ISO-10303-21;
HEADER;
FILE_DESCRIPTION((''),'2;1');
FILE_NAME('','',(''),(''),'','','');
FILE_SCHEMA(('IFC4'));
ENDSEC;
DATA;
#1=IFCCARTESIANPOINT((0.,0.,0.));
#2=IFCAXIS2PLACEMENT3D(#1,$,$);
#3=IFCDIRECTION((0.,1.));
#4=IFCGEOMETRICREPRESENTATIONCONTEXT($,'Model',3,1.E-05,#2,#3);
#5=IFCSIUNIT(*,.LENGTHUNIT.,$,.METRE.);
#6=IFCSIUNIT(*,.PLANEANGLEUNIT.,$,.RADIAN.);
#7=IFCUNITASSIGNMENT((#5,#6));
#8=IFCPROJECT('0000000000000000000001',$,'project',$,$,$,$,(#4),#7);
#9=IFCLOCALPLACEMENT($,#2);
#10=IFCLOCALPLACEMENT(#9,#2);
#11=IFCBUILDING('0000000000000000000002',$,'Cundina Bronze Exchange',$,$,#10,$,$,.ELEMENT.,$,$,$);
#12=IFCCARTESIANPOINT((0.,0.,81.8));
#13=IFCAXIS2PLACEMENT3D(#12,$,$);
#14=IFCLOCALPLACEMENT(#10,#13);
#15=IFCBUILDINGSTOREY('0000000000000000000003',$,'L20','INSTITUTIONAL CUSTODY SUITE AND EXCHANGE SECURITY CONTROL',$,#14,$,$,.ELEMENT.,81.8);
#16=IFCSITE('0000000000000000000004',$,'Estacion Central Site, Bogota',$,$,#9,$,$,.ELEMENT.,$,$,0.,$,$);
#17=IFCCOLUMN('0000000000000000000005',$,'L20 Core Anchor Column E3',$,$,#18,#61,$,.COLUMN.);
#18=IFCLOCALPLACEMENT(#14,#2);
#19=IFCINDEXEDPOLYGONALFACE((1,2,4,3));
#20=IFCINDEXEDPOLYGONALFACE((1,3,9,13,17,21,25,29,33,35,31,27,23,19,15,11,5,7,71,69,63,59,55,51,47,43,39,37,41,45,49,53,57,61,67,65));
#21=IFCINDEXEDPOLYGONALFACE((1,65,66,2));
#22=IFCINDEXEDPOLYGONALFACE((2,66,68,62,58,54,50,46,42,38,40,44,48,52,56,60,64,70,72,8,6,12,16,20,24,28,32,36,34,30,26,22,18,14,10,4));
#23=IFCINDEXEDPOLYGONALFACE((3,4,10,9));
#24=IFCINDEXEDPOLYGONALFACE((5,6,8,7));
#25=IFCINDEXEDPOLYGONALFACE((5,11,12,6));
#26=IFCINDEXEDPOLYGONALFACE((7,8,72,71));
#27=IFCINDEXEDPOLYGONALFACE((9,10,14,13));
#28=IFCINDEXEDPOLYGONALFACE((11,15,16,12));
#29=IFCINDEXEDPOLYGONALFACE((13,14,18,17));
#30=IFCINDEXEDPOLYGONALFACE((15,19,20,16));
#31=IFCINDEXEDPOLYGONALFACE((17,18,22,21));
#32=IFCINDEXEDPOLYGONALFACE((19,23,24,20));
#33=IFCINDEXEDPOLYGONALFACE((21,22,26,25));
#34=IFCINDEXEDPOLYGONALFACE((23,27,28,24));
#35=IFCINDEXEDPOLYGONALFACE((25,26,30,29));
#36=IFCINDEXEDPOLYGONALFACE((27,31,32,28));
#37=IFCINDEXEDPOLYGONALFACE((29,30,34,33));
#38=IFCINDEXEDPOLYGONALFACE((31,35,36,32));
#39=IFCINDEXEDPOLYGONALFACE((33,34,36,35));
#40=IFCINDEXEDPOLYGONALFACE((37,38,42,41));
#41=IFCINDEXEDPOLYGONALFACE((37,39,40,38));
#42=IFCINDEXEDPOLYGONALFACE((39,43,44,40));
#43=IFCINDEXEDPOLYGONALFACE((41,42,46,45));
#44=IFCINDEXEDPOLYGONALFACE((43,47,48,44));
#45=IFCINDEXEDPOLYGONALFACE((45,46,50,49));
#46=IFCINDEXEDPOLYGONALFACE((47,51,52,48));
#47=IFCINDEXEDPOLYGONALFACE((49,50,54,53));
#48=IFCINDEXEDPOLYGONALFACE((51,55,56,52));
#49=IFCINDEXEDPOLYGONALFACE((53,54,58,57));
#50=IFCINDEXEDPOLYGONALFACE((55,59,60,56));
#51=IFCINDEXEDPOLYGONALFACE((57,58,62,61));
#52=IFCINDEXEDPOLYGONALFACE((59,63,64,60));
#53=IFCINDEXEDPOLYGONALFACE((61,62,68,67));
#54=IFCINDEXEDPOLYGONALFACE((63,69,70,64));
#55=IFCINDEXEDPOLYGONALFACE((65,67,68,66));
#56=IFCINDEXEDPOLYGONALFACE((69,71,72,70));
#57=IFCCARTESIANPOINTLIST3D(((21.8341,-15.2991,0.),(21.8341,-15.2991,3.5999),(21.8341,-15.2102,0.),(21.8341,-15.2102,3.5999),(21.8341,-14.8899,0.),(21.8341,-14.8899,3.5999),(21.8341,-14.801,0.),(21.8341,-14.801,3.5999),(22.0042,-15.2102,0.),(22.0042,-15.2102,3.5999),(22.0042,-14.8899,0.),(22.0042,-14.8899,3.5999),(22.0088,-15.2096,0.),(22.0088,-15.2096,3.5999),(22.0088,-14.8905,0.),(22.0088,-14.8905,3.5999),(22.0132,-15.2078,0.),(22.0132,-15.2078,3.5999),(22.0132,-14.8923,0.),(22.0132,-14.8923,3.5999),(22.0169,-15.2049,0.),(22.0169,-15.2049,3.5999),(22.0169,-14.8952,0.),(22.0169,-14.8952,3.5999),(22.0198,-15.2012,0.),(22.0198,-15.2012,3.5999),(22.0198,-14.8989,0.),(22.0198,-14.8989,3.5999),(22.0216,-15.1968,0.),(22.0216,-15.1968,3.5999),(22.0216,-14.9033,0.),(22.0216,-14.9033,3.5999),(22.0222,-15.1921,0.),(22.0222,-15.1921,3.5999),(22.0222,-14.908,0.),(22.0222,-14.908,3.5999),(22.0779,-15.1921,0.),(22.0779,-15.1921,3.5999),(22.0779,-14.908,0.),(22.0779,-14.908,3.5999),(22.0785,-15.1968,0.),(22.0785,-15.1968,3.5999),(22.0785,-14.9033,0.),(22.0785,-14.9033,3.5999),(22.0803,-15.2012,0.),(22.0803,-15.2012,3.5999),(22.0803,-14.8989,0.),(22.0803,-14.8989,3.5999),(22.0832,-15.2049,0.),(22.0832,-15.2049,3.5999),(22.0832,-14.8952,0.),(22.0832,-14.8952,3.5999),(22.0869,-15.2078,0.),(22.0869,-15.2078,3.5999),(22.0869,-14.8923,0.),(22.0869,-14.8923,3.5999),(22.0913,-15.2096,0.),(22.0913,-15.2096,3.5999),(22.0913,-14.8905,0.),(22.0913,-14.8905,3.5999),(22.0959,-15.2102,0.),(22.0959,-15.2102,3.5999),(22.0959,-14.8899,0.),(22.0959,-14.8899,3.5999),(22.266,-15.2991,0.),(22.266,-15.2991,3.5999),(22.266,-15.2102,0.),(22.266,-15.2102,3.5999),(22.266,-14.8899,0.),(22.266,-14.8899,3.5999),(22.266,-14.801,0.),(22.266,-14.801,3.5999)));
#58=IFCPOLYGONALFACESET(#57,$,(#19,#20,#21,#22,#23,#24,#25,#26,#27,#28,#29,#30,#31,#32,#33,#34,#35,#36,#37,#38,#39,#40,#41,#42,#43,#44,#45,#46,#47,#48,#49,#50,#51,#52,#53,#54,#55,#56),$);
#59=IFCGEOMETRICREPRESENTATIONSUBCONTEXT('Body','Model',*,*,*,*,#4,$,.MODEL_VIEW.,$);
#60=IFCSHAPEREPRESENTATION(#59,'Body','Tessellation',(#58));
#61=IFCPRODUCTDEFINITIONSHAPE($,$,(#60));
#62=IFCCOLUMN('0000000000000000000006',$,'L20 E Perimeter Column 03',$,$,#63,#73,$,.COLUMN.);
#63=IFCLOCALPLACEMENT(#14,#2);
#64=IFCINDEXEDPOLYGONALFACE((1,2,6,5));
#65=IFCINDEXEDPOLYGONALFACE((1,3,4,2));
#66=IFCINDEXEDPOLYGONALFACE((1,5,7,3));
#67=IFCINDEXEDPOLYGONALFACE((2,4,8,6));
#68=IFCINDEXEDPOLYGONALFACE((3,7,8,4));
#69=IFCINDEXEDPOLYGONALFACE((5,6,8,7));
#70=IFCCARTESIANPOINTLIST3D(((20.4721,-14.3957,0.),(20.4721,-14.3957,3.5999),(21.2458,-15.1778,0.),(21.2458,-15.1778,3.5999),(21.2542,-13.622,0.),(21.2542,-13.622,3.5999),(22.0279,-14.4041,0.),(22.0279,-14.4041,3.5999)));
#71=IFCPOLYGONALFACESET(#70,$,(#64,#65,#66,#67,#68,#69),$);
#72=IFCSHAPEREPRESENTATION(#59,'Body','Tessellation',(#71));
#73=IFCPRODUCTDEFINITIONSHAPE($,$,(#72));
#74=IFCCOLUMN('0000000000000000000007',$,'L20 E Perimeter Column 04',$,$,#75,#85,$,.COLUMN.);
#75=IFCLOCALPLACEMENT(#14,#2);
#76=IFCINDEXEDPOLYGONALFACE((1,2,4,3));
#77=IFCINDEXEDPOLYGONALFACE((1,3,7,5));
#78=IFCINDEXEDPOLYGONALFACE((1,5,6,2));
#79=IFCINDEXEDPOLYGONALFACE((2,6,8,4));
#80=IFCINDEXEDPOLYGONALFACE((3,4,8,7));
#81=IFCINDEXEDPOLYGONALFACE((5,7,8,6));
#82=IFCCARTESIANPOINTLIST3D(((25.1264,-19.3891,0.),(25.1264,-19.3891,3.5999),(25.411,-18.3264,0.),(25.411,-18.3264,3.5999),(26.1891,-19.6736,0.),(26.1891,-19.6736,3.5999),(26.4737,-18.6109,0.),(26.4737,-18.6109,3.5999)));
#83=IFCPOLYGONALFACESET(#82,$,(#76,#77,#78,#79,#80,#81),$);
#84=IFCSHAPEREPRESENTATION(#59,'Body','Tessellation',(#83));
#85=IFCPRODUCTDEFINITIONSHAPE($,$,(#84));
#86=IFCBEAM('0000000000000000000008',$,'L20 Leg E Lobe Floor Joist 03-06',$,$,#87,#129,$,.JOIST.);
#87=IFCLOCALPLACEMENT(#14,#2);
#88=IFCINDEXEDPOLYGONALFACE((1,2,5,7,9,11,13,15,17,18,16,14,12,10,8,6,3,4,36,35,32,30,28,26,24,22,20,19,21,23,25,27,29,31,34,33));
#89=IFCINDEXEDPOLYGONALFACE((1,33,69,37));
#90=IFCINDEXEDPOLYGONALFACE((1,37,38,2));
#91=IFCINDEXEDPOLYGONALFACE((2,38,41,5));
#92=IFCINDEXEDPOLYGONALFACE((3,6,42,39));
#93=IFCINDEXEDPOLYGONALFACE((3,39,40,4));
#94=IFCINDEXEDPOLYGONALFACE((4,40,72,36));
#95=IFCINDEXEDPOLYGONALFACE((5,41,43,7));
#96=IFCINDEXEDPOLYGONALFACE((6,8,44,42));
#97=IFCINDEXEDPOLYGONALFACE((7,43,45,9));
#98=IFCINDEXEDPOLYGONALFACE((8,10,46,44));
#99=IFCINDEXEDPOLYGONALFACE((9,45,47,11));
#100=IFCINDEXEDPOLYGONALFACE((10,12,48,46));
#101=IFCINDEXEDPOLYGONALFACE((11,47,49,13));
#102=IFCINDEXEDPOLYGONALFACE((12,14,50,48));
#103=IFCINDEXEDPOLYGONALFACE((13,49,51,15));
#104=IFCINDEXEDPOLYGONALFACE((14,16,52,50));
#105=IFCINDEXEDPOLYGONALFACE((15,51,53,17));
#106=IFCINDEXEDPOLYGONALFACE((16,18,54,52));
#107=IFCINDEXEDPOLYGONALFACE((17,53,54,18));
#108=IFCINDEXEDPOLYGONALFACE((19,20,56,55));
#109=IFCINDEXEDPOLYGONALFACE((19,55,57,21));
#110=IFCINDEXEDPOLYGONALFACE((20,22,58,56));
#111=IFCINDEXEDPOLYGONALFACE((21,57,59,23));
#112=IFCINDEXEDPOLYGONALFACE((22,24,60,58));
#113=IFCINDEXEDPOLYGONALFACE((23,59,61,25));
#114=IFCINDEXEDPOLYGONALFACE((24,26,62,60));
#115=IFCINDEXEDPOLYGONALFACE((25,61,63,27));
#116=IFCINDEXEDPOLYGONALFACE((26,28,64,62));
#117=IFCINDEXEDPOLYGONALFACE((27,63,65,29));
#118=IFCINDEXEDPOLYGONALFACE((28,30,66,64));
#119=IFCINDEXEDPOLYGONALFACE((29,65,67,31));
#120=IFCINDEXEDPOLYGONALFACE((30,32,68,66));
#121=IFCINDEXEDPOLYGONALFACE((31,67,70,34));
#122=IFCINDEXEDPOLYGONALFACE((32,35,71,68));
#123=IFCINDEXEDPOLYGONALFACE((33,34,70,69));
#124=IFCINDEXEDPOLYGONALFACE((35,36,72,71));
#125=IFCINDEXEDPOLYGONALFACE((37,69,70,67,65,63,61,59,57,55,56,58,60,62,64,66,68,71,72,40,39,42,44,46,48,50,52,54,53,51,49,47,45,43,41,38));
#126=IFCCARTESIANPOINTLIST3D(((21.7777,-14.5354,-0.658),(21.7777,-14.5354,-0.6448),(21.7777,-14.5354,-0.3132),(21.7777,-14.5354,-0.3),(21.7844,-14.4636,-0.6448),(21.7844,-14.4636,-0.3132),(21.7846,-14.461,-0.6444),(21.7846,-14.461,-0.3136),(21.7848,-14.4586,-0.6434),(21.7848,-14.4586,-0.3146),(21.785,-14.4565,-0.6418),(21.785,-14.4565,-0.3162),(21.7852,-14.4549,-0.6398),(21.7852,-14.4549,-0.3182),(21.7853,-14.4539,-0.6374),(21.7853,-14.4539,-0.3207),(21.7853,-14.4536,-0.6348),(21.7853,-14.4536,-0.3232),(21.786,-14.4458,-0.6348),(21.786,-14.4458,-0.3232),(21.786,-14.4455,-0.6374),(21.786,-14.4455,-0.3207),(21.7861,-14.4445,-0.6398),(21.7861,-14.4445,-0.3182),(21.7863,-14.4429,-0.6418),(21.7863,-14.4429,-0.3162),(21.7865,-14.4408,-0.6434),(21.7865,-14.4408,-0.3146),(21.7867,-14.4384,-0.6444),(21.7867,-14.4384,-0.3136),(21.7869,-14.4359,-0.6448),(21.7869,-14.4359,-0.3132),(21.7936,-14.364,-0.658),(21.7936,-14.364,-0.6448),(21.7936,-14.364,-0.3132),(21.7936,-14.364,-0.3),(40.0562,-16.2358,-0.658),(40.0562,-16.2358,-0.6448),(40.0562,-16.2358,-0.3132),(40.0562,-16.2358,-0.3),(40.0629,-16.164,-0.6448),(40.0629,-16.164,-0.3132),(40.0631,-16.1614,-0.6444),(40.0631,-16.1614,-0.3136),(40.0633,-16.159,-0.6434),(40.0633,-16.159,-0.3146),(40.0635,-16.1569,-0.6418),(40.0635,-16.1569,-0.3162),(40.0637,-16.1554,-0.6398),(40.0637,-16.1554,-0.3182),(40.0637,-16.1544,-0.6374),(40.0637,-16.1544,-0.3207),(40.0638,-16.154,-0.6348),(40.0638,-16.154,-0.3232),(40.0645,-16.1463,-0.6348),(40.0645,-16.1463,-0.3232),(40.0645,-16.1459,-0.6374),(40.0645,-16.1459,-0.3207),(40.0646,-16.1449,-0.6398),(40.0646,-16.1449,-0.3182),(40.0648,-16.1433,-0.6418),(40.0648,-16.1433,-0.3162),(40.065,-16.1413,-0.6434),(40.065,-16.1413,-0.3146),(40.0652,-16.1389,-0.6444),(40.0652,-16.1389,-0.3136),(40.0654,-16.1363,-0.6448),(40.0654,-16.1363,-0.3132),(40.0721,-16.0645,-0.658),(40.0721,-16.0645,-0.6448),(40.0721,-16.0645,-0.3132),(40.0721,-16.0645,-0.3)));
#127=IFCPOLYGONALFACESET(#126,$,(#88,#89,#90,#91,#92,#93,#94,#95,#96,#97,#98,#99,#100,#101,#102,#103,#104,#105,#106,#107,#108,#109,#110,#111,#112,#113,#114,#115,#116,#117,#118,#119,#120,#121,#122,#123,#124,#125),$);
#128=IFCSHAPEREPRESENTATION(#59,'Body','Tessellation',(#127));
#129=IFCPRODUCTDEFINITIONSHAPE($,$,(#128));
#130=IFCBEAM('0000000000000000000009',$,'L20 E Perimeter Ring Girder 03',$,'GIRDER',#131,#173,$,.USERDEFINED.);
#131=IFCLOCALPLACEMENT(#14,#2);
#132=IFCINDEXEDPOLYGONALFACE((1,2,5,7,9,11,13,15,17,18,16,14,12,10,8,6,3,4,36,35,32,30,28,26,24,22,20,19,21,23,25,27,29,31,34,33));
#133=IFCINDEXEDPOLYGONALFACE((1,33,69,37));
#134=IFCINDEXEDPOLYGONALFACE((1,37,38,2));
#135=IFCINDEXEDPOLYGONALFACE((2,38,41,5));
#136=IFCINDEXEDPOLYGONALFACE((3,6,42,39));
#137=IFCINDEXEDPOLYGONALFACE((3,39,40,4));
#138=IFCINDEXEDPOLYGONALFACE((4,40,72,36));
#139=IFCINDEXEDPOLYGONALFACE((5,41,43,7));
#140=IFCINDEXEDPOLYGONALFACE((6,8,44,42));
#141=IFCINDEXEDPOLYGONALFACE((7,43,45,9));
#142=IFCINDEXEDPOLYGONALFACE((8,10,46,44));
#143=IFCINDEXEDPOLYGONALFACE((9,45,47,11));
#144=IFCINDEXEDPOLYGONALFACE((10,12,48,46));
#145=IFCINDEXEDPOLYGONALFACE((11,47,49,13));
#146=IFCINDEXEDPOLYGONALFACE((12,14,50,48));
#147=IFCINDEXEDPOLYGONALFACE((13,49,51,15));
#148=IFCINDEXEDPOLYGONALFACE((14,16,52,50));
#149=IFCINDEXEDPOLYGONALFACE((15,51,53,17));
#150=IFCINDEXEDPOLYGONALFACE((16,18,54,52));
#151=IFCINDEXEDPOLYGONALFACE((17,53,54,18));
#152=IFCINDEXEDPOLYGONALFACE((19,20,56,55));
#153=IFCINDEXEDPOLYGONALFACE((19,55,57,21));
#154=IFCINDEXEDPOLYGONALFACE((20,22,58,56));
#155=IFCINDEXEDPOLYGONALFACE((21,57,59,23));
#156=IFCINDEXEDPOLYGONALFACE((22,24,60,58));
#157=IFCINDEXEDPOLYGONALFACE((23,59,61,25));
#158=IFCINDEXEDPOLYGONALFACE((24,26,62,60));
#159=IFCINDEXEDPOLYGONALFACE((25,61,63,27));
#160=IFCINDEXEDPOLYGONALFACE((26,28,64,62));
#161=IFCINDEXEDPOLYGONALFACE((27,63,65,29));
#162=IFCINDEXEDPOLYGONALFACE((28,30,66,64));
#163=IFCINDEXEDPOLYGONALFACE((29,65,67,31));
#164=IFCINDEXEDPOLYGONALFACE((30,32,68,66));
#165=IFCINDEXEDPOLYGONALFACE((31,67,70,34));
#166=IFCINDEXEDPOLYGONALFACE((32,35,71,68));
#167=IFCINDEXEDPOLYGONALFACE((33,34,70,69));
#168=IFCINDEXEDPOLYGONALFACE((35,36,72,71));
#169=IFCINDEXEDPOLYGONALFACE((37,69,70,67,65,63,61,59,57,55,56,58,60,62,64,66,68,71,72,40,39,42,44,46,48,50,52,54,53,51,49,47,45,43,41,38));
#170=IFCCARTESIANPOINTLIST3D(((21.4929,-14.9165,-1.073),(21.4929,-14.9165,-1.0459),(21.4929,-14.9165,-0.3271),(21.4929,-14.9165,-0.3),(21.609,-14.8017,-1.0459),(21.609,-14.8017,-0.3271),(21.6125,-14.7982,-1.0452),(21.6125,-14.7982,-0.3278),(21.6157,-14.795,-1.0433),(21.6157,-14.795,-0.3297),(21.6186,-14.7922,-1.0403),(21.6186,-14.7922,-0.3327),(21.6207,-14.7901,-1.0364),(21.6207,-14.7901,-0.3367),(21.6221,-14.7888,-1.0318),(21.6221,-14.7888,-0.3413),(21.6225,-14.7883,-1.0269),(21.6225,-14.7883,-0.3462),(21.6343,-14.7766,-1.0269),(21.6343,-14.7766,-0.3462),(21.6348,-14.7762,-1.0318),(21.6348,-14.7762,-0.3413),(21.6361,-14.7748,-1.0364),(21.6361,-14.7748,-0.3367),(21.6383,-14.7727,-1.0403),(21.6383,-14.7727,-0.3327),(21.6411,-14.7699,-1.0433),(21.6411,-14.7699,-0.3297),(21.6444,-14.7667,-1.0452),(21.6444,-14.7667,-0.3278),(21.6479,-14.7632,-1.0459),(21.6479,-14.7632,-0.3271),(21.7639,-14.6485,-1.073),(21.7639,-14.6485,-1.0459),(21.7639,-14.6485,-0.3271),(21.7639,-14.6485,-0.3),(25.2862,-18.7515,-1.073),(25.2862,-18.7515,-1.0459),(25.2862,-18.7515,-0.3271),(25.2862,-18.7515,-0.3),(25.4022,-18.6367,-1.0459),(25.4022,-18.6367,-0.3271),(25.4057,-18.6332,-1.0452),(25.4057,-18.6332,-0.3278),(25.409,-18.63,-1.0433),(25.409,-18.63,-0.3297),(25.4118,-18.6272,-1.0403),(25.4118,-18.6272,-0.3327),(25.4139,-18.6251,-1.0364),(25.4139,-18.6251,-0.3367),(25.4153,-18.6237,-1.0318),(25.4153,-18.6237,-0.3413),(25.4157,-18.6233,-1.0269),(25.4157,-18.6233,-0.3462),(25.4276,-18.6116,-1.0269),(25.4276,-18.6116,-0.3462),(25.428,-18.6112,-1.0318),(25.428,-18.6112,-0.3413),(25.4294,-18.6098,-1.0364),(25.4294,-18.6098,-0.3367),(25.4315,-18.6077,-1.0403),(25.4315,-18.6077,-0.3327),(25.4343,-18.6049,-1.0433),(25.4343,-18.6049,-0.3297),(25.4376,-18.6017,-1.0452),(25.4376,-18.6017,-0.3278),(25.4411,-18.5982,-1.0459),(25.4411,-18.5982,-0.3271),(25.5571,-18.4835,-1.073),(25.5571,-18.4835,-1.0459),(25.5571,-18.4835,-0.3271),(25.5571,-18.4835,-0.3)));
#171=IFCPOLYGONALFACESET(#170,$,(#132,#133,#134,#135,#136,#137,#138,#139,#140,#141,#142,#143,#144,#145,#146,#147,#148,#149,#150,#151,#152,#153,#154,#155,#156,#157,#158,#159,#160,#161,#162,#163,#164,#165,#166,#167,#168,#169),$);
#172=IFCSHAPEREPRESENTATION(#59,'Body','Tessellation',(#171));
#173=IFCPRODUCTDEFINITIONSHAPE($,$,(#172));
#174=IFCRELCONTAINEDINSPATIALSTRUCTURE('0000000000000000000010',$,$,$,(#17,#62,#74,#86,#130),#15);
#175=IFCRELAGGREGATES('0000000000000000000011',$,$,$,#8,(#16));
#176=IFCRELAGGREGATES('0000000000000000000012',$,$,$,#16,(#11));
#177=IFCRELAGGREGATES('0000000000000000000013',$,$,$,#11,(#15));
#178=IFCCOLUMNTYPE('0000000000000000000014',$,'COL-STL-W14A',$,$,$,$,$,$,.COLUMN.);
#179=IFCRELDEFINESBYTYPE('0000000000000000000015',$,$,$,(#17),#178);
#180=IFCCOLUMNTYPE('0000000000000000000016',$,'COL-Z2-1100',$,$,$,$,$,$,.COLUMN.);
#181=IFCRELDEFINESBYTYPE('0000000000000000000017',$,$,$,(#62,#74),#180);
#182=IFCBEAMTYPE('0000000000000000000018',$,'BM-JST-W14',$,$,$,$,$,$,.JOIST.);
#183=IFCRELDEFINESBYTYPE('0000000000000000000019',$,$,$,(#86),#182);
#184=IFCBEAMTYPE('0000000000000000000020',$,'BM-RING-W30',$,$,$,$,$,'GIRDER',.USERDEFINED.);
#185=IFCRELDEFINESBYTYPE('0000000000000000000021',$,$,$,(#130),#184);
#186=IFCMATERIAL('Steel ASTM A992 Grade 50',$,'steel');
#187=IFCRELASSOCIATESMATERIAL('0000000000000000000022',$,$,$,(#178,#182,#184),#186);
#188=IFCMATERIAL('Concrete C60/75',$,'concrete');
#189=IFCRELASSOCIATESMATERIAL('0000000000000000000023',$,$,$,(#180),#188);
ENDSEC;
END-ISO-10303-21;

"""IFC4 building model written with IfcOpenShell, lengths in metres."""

from ifc_helpers import new_model, si_unit, direction, frame, origin, origin_2d, place, context, subcontext, project, spatial, rectangle, i_section, extrude, material, material_profile, profile_set, type_object, element, save


model = new_model("IFC4")

# Units and contexts
model_context = context("Model", 3, precision=1e-05, world=origin(), true_north=direction((0.0, 1.0)))
body_context = subcontext(model_context, "Body", "Model", "MODEL_VIEW")
ifc_project = project(units=[si_unit("LENGTHUNIT", "METRE"), si_unit("PLANEANGLEUNIT", "RADIAN")], contexts=[model_context])

# Site, building, storey
site_placement = place(None, origin())
site = spatial("IfcSite", under=ifc_project, at=site_placement, Name="Estacion Central Site, Bogota", CompositionType="ELEMENT", RefElevation=0.0)
building_placement = place(site_placement, origin())
building = spatial("IfcBuilding", under=site, at=building_placement, Name="Cundina Bronze Exchange", CompositionType="ELEMENT")
storey_placement = place(building_placement, frame((0.0, 0.0, 81.8)))
storey = spatial("IfcBuildingStorey", under=building, at=storey_placement, Name="L20", Description="INSTITUTIONAL CUSTODY SUITE AND EXCHANGE SECURITY CONTROL", CompositionType="ELEMENT", Elevation=81.8)

# Columns
ifc_material_1 = material(Name="Steel ASTM A992 Grade 50", Category="steel")
ifc_material_profile_1 = material_profile(ifc_material_1, i_section(OverallWidth=0.4319, OverallDepth=0.498, WebThickness=0.0557, FlangeThickness=0.0889, FilletRadius=0.0181, at=origin_2d()), Name="W14X500", Category="steel")
ifc_profile_set_1 = profile_set([ifc_material_profile_1], Name="Steel ASTM A992 Grade 50")
column_type_1 = type_object("IfcColumnType", Name="COL-STL-W14A", PredefinedType="COLUMN", material=ifc_profile_set_1)
column_placement = place(storey_placement, frame((22.05, -15.05, 0.0), z_axis=(0.0, 0.0, 1.0), x_axis=(1.0, 0.0, 0.0)))
element("IfcColumn", 1, at=column_placement, inside=storey, type_object=column_type_1, Name="L20 Core Anchor Column E3", PredefinedType="COLUMN", context=body_context, shape_type="SweptSolid", body=[
    extrude(i_section(OverallWidth=0.4319, OverallDepth=0.498, WebThickness=0.0557, FlangeThickness=0.0889, FilletRadius=0.0181, at=origin_2d()), origin(), (0.0, 0.0, 1.0), 3.5999),
])
ifc_material_2 = material(Name="Concrete C60/75", Category="concrete")
ifc_material_profile_2 = material_profile(ifc_material_2, rectangle(XDim=1.1001, YDim=1.1001, at=origin_2d()), Name="RC1100X1100", Category="concrete")
ifc_profile_set_2 = profile_set([ifc_material_profile_2], Name="Concrete C60/75")
column_type_2 = type_object("IfcColumnType", Name="COL-Z2-1100", PredefinedType="COLUMN", material=ifc_profile_set_2)
for number, where, z_axis, x_axis, name in (
    (2, (21.25, -14.3999, 0.0), (0.0, 0.0, 1.0), (0.703271, -0.710922, 0.0), "L20 E Perimeter Column 03"),
    (3, (25.8, -19.0, 0.0), (0.0, 0.0, 1.0), (0.965971, -0.25865, 0.0), "L20 E Perimeter Column 04"),
):
    element("IfcColumn", number, at=place(storey_placement, frame(where, z_axis=z_axis, x_axis=x_axis)), inside=storey, type_object=column_type_2, Name=name, PredefinedType="COLUMN", context=body_context, shape_type="SweptSolid", body=[
        extrude(rectangle(XDim=1.1001, YDim=1.1001, at=origin_2d()), origin(), (0.0, 0.0, 1.0), 3.5999),
    ])

# Beams
ifc_material_profile_3 = material_profile(ifc_material_1, i_section(OverallWidth=0.1721, OverallDepth=0.3579, WebThickness=0.0078, FlangeThickness=0.0132, FilletRadius=0.01, at=origin_2d()), Name="W14X38", Category="steel")
ifc_profile_set_3 = profile_set([ifc_material_profile_3], Name="Steel ASTM A992 Grade 50")
beam_type_1 = type_object("IfcBeamType", Name="BM-JST-W14", PredefinedType="JOIST", material=ifc_profile_set_3)
beam_1_placement = place(storey_placement, frame((21.7856, -14.4497, -0.479), z_axis=(0.995701, -0.092629, 0.0), x_axis=(0.092629, 0.995701, 0.0)))
element("IfcBeam", 4, at=beam_1_placement, inside=storey, type_object=beam_type_1, Name="L20 Leg E Lobe Floor Joist 03-06", PredefinedType="JOIST", context=body_context, shape_type="SweptSolid", body=[
    extrude(i_section(OverallWidth=0.1721, OverallDepth=0.3579, WebThickness=0.0078, FlangeThickness=0.0132, FilletRadius=0.01, at=origin_2d()), origin(), (0.0, 0.0, 1.0), 18.3574),
])
ifc_material_profile_4 = material_profile(ifc_material_1, i_section(OverallWidth=0.3811, OverallDepth=0.7729, WebThickness=0.0166, FlangeThickness=0.0271, FilletRadius=0.019, at=origin_2d()), Name="W30X173", Category="steel")
ifc_profile_set_4 = profile_set([ifc_material_profile_4], Name="Steel ASTM A992 Grade 50")
beam_type_2 = type_object("IfcBeamType", Name="BM-RING-W30", ElementType="GIRDER", PredefinedType="USERDEFINED", material=ifc_profile_set_4)
beam_2_placement = place(storey_placement, frame((21.6284, -14.7825, -0.6865), z_axis=(0.703226, -0.710966, 0.0), x_axis=(0.710966, 0.703226, 0.0)))
element("IfcBeam", 5, at=beam_2_placement, inside=storey, type_object=beam_type_2, Name="L20 E Perimeter Ring Girder 03", ObjectType="GIRDER", PredefinedType="USERDEFINED", context=body_context, shape_type="SweptSolid", body=[
    extrude(i_section(OverallWidth=0.3811, OverallDepth=0.7729, WebThickness=0.0166, FlangeThickness=0.0271, FilletRadius=0.019, at=origin_2d()), origin(), (0.0, 0.0, 1.0), 5.394),
])

save(model, "model.ifc")
